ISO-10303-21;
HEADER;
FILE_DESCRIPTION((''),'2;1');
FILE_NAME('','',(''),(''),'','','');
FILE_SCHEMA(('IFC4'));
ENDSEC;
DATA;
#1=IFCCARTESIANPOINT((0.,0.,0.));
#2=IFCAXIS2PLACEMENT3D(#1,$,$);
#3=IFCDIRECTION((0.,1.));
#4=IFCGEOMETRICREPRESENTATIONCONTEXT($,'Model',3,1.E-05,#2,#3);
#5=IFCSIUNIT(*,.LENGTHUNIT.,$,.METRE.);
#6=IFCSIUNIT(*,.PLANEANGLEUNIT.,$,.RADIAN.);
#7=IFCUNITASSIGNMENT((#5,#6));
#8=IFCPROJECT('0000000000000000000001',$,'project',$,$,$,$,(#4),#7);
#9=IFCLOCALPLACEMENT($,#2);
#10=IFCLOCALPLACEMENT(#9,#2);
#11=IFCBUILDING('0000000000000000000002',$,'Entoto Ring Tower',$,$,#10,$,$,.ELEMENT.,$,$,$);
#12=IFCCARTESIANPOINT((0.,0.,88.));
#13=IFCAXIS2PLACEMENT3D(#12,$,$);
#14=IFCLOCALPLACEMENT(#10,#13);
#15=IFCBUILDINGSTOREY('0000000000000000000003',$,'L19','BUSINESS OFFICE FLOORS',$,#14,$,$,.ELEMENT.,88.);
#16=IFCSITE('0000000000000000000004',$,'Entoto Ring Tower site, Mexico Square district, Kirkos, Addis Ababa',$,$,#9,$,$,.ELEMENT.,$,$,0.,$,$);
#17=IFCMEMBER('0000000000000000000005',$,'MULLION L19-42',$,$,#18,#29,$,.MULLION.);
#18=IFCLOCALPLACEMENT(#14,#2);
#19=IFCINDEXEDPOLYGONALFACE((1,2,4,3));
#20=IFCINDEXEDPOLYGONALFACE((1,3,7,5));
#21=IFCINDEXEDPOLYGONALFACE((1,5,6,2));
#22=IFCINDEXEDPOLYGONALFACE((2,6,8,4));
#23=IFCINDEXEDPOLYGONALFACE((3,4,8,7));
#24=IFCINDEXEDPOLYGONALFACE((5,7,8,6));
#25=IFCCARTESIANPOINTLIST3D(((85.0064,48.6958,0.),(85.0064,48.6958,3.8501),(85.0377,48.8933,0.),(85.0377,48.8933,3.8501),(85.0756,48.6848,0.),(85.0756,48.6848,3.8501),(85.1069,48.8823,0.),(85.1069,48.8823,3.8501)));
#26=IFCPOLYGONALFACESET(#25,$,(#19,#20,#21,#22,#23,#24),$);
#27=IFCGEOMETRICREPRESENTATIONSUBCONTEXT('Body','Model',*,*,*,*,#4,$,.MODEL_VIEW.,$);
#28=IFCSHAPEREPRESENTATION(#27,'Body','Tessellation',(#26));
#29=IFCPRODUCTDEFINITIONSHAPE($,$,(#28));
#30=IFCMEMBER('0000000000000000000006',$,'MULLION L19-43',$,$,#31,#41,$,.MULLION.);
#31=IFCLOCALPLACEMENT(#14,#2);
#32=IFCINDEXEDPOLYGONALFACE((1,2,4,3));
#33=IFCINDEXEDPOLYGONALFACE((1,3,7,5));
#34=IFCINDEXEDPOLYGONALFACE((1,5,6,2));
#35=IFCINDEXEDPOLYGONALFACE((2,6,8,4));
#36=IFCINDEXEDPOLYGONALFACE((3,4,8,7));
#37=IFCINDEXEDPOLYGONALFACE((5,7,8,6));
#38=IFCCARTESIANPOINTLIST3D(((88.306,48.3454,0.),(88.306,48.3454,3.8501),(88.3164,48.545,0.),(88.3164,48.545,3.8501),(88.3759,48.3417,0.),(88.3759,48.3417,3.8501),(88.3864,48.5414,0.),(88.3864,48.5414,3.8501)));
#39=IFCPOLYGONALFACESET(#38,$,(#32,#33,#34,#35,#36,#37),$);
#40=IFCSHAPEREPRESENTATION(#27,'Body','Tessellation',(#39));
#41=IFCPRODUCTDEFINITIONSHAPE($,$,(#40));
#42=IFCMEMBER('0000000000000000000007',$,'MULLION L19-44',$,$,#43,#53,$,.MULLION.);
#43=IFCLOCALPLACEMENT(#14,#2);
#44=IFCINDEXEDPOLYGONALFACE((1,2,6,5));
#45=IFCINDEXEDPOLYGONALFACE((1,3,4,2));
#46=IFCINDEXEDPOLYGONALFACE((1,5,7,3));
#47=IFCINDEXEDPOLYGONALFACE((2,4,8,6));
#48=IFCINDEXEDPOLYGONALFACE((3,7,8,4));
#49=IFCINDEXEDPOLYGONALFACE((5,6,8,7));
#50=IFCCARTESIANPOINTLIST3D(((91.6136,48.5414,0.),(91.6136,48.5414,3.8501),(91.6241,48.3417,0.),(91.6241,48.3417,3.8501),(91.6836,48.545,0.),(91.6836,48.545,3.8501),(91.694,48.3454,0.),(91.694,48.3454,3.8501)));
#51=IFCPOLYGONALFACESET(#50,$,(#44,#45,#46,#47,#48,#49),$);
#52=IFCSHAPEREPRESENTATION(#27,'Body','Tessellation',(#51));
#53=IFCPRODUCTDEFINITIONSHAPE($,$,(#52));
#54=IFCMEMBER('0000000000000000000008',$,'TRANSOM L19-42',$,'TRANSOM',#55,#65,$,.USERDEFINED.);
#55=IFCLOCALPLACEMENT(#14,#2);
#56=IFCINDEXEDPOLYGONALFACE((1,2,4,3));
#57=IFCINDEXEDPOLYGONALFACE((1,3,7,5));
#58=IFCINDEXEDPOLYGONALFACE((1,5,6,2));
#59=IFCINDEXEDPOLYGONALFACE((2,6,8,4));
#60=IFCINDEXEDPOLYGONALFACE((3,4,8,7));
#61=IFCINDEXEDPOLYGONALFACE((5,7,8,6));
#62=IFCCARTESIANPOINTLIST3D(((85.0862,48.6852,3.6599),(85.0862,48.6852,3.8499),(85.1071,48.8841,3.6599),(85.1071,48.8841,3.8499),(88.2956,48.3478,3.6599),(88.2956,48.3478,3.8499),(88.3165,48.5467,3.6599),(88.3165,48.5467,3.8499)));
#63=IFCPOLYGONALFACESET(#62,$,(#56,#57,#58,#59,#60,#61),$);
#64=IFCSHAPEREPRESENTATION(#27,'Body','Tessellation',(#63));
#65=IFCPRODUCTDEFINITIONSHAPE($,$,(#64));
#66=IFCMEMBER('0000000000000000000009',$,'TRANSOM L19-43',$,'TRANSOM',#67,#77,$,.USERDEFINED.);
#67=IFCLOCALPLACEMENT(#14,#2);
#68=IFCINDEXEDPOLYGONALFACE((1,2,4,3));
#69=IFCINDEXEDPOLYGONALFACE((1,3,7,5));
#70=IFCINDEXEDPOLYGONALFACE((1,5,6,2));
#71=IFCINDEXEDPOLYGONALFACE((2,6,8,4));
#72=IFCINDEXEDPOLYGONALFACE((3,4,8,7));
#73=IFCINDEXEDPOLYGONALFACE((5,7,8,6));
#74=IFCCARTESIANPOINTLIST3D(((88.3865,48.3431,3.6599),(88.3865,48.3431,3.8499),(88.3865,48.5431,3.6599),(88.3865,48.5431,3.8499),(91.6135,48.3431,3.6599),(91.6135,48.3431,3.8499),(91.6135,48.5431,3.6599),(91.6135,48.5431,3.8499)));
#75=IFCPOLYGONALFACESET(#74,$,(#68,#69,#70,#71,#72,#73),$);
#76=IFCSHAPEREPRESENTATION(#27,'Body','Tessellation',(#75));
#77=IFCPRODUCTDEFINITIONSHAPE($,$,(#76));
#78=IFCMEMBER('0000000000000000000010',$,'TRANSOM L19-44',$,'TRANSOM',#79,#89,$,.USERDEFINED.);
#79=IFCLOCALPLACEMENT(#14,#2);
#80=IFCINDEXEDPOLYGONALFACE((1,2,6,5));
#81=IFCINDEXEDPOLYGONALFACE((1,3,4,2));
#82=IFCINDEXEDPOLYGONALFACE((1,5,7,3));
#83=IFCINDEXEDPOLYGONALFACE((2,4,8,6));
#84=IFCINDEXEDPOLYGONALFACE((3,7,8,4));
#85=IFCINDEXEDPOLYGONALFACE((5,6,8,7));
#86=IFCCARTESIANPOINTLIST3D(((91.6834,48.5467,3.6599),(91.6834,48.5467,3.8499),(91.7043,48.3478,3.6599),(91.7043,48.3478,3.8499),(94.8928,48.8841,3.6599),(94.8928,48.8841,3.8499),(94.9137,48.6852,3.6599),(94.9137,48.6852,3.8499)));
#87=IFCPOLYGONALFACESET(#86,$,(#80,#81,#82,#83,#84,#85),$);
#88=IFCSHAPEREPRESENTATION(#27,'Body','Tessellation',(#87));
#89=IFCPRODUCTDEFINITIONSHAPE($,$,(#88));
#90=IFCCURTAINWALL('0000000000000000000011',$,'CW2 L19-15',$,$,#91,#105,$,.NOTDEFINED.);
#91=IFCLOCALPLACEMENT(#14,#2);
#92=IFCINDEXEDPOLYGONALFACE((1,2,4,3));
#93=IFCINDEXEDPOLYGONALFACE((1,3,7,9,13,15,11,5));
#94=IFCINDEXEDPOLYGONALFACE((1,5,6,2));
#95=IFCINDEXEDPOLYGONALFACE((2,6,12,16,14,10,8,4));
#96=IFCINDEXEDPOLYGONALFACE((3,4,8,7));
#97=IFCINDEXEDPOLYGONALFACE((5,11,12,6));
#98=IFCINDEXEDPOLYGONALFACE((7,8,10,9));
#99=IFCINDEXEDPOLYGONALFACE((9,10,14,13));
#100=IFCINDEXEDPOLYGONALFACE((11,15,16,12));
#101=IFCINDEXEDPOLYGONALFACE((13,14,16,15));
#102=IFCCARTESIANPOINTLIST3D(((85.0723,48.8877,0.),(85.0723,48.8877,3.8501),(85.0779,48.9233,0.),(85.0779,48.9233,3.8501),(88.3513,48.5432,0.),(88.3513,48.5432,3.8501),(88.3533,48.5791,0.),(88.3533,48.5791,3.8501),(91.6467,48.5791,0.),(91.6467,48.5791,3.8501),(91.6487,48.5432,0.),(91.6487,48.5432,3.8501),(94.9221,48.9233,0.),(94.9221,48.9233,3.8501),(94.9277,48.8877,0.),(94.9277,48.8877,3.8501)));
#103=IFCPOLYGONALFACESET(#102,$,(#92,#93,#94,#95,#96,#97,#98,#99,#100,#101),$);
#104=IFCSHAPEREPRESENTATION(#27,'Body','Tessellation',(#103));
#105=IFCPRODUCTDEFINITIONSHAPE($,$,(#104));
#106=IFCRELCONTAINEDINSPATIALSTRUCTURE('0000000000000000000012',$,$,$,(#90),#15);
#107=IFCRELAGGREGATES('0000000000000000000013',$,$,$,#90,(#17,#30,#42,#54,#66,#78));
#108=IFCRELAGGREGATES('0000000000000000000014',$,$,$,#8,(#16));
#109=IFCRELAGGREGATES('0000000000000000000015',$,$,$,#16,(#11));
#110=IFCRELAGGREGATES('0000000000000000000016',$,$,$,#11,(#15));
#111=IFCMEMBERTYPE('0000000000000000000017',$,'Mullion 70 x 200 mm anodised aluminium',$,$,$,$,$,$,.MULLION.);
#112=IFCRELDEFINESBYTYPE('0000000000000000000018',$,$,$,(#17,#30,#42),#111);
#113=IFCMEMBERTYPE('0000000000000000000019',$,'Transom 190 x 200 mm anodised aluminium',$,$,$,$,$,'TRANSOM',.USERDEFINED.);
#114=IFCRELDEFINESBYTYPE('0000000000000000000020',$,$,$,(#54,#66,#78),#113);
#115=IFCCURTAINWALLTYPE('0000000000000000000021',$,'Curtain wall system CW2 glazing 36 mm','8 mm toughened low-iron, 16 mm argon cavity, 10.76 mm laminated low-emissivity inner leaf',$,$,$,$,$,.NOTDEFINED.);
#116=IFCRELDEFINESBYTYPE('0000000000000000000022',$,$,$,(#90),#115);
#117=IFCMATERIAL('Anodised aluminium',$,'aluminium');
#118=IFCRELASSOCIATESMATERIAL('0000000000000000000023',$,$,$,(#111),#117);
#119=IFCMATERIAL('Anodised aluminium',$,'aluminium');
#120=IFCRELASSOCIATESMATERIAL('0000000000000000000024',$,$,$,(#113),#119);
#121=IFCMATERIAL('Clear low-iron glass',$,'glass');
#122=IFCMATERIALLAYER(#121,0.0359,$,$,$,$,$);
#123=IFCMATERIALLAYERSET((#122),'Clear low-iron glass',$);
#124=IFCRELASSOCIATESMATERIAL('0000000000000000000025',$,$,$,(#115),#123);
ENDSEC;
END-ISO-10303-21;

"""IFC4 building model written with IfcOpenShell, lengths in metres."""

from ifc_helpers import new_model, si_unit, direction, frame, origin, origin_2d, place, context, subcontext, project, spatial, polyline, rectangle, outline, extrude, material, layer, layer_set, material_profile, profile_set, type_object, element, aggregate, save


model = new_model("IFC4")

# Units and contexts
model_context = context("Model", 3, precision=1e-05, world=origin(), true_north=direction((0.0, 1.0)))
body_context = subcontext(model_context, "Body", "Model", "MODEL_VIEW")
ifc_project = project(units=[si_unit("LENGTHUNIT", "METRE"), si_unit("PLANEANGLEUNIT", "RADIAN")], contexts=[model_context])

# Members
ifc_material_1 = material(Name="Anodised aluminium", Category="aluminium")
ifc_material_profile_1 = material_profile(ifc_material_1, rectangle(XDim=0.0701, YDim=0.2, at=origin_2d()), Name="Mullion 70 x 200 mm anodised aluminium")
ifc_profile_set_1 = profile_set([ifc_material_profile_1], Name="Anodised aluminium")
member_type_1 = type_object("IfcMemberType", Name="Mullion 70 x 200 mm anodised aluminium", PredefinedType="MULLION", material=ifc_profile_set_1)
site_placement = place(None, origin())
building_placement = place(site_placement, origin())
storey_placement = place(building_placement, frame((0.0, 0.0, 88.0)))
member_1_placement = place(storey_placement, frame((85.0566, 48.7891, 0.0), z_axis=(0.0, 0.0, 1.0), x_axis=(0.987688, -0.156434, 0.0)))
member_1 = element("IfcMember", 1, at=member_1_placement, type_object=member_type_1, Name="MULLION L19-42", PredefinedType="MULLION", context=body_context, shape_type="SweptSolid", body=[
    extrude(rectangle(XDim=0.0701, YDim=0.2, at=origin_2d()), origin(), (0.0, 0.0, 1.0), 3.8501),
])
member_2_placement = place(storey_placement, frame((88.3462, 48.4434, 0.0), z_axis=(0.0, 0.0, 1.0), x_axis=(0.99863, -0.052336, 0.0)))
member_2 = element("IfcMember", 2, at=member_2_placement, type_object=member_type_1, Name="MULLION L19-43", PredefinedType="MULLION", context=body_context, shape_type="SweptSolid", body=[
    extrude(rectangle(XDim=0.0701, YDim=0.2, at=origin_2d()), origin(), (0.0, 0.0, 1.0), 3.8501),
])
member_3_placement = place(storey_placement, frame((91.6538, 48.4434, 0.0), z_axis=(0.0, 0.0, 1.0), x_axis=(0.99863, 0.052336, 0.0)))
member_3 = element("IfcMember", 3, at=member_3_placement, type_object=member_type_1, Name="MULLION L19-44", PredefinedType="MULLION", context=body_context, shape_type="SweptSolid", body=[
    extrude(rectangle(XDim=0.0701, YDim=0.2, at=origin_2d()), origin(), (0.0, 0.0, 1.0), 3.8501),
])
ifc_material_2 = material(Name="Anodised aluminium", Category="aluminium")
ifc_material_profile_2 = material_profile(ifc_material_2, rectangle(XDim=0.2, YDim=0.1899, at=origin_2d()), Name="Transom 190 x 200 mm anodised aluminium")
ifc_profile_set_2 = profile_set([ifc_material_profile_2], Name="Anodised aluminium")
member_type_2 = type_object("IfcMemberType", Name="Transom 190 x 200 mm anodised aluminium", ElementType="TRANSOM", PredefinedType="USERDEFINED", material=ifc_profile_set_2)
member_4_placement = place(storey_placement, frame((85.0967, 48.7847, 3.7549), z_axis=(0.99452, -0.104551, 0.0), x_axis=(0.104551, 0.99452, 0.0)))
member_4 = element("IfcMember", 4, at=member_4_placement, type_object=member_type_2, Name="TRANSOM L19-42", ObjectType="TRANSOM", PredefinedType="USERDEFINED", context=body_context, shape_type="SweptSolid", body=[
    extrude(rectangle(XDim=0.2, YDim=0.1899, at=origin_2d()), origin(), (0.0, 0.0, 1.0), 3.2271),
])
member_5_placement = place(storey_placement, frame((88.3865, 48.4431, 3.7549), z_axis=(1.0, 0.0, 0.0), x_axis=(0.0, 1.0, 0.0)))
member_5 = element("IfcMember", 5, at=member_5_placement, type_object=member_type_2, Name="TRANSOM L19-43", ObjectType="TRANSOM", PredefinedType="USERDEFINED", context=body_context, shape_type="SweptSolid", body=[
    extrude(rectangle(XDim=0.2, YDim=0.1899, at=origin_2d()), origin(), (0.0, 0.0, 1.0), 3.2271),
])
member_6_placement = place(storey_placement, frame((91.6938, 48.4473, 3.7549), z_axis=(0.99452, 0.104551, 0.0), x_axis=(-0.104551, 0.99452, 0.0)))
member_6 = element("IfcMember", 6, at=member_6_placement, type_object=member_type_2, Name="TRANSOM L19-44", ObjectType="TRANSOM", PredefinedType="USERDEFINED", context=body_context, shape_type="SweptSolid", body=[
    extrude(rectangle(XDim=0.2, YDim=0.1899, at=origin_2d()), origin(), (0.0, 0.0, 1.0), 3.2271),
])

# Site, building, storey
site = spatial("IfcSite", under=ifc_project, at=site_placement, Name="Entoto Ring Tower site, Mexico Square district, Kirkos, Addis Ababa", CompositionType="ELEMENT", RefElevation=0.0)
building = spatial("IfcBuilding", under=site, at=building_placement, Name="Entoto Ring Tower", CompositionType="ELEMENT")
storey = spatial("IfcBuildingStorey", under=building, at=storey_placement, Name="L19", Description="BUSINESS OFFICE FLOORS", CompositionType="ELEMENT", Elevation=88.0)

# Curtain wall
ifc_material_3 = material(Name="Clear low-iron glass", Category="glass")
ifc_layer = layer(ifc_material_3, 0.0359)
ifc_layer_set = layer_set([ifc_layer], Name="Clear low-iron glass")
curtain_wall_type = type_object("IfcCurtainWallType", Name="Curtain wall system CW2 glazing 36 mm", Description="8 mm toughened low-iron, 16 mm argon cavity, 10.76 mm laminated low-emissivity inner leaf", PredefinedType="NOTDEFINED", material=ifc_layer_set)
curtain_wall_1_placement = place(storey_placement, origin())
curtain_wall_1 = element("IfcCurtainWall", 7, at=curtain_wall_1_placement, inside=storey, type_object=curtain_wall_type, Name="CW2 L19-15", PredefinedType="NOTDEFINED", context=body_context, shape_type="SweptSolid", body=[
    extrude(outline(polyline([(85.0723, 48.8877), (88.3513, 48.5432), (91.6487, 48.5432), (94.9277, 48.8877), (94.9221, 48.9233), (91.6467, 48.5791), (88.3533, 48.5791), (85.0779, 48.9233), (85.0723, 48.8877)])), origin(), (0.0, 0.0, 1.0), 3.8501),
])
aggregate(curtain_wall_1, [member_1, member_2, member_3, member_4, member_5, member_6])

save(model, "model.ifc")
